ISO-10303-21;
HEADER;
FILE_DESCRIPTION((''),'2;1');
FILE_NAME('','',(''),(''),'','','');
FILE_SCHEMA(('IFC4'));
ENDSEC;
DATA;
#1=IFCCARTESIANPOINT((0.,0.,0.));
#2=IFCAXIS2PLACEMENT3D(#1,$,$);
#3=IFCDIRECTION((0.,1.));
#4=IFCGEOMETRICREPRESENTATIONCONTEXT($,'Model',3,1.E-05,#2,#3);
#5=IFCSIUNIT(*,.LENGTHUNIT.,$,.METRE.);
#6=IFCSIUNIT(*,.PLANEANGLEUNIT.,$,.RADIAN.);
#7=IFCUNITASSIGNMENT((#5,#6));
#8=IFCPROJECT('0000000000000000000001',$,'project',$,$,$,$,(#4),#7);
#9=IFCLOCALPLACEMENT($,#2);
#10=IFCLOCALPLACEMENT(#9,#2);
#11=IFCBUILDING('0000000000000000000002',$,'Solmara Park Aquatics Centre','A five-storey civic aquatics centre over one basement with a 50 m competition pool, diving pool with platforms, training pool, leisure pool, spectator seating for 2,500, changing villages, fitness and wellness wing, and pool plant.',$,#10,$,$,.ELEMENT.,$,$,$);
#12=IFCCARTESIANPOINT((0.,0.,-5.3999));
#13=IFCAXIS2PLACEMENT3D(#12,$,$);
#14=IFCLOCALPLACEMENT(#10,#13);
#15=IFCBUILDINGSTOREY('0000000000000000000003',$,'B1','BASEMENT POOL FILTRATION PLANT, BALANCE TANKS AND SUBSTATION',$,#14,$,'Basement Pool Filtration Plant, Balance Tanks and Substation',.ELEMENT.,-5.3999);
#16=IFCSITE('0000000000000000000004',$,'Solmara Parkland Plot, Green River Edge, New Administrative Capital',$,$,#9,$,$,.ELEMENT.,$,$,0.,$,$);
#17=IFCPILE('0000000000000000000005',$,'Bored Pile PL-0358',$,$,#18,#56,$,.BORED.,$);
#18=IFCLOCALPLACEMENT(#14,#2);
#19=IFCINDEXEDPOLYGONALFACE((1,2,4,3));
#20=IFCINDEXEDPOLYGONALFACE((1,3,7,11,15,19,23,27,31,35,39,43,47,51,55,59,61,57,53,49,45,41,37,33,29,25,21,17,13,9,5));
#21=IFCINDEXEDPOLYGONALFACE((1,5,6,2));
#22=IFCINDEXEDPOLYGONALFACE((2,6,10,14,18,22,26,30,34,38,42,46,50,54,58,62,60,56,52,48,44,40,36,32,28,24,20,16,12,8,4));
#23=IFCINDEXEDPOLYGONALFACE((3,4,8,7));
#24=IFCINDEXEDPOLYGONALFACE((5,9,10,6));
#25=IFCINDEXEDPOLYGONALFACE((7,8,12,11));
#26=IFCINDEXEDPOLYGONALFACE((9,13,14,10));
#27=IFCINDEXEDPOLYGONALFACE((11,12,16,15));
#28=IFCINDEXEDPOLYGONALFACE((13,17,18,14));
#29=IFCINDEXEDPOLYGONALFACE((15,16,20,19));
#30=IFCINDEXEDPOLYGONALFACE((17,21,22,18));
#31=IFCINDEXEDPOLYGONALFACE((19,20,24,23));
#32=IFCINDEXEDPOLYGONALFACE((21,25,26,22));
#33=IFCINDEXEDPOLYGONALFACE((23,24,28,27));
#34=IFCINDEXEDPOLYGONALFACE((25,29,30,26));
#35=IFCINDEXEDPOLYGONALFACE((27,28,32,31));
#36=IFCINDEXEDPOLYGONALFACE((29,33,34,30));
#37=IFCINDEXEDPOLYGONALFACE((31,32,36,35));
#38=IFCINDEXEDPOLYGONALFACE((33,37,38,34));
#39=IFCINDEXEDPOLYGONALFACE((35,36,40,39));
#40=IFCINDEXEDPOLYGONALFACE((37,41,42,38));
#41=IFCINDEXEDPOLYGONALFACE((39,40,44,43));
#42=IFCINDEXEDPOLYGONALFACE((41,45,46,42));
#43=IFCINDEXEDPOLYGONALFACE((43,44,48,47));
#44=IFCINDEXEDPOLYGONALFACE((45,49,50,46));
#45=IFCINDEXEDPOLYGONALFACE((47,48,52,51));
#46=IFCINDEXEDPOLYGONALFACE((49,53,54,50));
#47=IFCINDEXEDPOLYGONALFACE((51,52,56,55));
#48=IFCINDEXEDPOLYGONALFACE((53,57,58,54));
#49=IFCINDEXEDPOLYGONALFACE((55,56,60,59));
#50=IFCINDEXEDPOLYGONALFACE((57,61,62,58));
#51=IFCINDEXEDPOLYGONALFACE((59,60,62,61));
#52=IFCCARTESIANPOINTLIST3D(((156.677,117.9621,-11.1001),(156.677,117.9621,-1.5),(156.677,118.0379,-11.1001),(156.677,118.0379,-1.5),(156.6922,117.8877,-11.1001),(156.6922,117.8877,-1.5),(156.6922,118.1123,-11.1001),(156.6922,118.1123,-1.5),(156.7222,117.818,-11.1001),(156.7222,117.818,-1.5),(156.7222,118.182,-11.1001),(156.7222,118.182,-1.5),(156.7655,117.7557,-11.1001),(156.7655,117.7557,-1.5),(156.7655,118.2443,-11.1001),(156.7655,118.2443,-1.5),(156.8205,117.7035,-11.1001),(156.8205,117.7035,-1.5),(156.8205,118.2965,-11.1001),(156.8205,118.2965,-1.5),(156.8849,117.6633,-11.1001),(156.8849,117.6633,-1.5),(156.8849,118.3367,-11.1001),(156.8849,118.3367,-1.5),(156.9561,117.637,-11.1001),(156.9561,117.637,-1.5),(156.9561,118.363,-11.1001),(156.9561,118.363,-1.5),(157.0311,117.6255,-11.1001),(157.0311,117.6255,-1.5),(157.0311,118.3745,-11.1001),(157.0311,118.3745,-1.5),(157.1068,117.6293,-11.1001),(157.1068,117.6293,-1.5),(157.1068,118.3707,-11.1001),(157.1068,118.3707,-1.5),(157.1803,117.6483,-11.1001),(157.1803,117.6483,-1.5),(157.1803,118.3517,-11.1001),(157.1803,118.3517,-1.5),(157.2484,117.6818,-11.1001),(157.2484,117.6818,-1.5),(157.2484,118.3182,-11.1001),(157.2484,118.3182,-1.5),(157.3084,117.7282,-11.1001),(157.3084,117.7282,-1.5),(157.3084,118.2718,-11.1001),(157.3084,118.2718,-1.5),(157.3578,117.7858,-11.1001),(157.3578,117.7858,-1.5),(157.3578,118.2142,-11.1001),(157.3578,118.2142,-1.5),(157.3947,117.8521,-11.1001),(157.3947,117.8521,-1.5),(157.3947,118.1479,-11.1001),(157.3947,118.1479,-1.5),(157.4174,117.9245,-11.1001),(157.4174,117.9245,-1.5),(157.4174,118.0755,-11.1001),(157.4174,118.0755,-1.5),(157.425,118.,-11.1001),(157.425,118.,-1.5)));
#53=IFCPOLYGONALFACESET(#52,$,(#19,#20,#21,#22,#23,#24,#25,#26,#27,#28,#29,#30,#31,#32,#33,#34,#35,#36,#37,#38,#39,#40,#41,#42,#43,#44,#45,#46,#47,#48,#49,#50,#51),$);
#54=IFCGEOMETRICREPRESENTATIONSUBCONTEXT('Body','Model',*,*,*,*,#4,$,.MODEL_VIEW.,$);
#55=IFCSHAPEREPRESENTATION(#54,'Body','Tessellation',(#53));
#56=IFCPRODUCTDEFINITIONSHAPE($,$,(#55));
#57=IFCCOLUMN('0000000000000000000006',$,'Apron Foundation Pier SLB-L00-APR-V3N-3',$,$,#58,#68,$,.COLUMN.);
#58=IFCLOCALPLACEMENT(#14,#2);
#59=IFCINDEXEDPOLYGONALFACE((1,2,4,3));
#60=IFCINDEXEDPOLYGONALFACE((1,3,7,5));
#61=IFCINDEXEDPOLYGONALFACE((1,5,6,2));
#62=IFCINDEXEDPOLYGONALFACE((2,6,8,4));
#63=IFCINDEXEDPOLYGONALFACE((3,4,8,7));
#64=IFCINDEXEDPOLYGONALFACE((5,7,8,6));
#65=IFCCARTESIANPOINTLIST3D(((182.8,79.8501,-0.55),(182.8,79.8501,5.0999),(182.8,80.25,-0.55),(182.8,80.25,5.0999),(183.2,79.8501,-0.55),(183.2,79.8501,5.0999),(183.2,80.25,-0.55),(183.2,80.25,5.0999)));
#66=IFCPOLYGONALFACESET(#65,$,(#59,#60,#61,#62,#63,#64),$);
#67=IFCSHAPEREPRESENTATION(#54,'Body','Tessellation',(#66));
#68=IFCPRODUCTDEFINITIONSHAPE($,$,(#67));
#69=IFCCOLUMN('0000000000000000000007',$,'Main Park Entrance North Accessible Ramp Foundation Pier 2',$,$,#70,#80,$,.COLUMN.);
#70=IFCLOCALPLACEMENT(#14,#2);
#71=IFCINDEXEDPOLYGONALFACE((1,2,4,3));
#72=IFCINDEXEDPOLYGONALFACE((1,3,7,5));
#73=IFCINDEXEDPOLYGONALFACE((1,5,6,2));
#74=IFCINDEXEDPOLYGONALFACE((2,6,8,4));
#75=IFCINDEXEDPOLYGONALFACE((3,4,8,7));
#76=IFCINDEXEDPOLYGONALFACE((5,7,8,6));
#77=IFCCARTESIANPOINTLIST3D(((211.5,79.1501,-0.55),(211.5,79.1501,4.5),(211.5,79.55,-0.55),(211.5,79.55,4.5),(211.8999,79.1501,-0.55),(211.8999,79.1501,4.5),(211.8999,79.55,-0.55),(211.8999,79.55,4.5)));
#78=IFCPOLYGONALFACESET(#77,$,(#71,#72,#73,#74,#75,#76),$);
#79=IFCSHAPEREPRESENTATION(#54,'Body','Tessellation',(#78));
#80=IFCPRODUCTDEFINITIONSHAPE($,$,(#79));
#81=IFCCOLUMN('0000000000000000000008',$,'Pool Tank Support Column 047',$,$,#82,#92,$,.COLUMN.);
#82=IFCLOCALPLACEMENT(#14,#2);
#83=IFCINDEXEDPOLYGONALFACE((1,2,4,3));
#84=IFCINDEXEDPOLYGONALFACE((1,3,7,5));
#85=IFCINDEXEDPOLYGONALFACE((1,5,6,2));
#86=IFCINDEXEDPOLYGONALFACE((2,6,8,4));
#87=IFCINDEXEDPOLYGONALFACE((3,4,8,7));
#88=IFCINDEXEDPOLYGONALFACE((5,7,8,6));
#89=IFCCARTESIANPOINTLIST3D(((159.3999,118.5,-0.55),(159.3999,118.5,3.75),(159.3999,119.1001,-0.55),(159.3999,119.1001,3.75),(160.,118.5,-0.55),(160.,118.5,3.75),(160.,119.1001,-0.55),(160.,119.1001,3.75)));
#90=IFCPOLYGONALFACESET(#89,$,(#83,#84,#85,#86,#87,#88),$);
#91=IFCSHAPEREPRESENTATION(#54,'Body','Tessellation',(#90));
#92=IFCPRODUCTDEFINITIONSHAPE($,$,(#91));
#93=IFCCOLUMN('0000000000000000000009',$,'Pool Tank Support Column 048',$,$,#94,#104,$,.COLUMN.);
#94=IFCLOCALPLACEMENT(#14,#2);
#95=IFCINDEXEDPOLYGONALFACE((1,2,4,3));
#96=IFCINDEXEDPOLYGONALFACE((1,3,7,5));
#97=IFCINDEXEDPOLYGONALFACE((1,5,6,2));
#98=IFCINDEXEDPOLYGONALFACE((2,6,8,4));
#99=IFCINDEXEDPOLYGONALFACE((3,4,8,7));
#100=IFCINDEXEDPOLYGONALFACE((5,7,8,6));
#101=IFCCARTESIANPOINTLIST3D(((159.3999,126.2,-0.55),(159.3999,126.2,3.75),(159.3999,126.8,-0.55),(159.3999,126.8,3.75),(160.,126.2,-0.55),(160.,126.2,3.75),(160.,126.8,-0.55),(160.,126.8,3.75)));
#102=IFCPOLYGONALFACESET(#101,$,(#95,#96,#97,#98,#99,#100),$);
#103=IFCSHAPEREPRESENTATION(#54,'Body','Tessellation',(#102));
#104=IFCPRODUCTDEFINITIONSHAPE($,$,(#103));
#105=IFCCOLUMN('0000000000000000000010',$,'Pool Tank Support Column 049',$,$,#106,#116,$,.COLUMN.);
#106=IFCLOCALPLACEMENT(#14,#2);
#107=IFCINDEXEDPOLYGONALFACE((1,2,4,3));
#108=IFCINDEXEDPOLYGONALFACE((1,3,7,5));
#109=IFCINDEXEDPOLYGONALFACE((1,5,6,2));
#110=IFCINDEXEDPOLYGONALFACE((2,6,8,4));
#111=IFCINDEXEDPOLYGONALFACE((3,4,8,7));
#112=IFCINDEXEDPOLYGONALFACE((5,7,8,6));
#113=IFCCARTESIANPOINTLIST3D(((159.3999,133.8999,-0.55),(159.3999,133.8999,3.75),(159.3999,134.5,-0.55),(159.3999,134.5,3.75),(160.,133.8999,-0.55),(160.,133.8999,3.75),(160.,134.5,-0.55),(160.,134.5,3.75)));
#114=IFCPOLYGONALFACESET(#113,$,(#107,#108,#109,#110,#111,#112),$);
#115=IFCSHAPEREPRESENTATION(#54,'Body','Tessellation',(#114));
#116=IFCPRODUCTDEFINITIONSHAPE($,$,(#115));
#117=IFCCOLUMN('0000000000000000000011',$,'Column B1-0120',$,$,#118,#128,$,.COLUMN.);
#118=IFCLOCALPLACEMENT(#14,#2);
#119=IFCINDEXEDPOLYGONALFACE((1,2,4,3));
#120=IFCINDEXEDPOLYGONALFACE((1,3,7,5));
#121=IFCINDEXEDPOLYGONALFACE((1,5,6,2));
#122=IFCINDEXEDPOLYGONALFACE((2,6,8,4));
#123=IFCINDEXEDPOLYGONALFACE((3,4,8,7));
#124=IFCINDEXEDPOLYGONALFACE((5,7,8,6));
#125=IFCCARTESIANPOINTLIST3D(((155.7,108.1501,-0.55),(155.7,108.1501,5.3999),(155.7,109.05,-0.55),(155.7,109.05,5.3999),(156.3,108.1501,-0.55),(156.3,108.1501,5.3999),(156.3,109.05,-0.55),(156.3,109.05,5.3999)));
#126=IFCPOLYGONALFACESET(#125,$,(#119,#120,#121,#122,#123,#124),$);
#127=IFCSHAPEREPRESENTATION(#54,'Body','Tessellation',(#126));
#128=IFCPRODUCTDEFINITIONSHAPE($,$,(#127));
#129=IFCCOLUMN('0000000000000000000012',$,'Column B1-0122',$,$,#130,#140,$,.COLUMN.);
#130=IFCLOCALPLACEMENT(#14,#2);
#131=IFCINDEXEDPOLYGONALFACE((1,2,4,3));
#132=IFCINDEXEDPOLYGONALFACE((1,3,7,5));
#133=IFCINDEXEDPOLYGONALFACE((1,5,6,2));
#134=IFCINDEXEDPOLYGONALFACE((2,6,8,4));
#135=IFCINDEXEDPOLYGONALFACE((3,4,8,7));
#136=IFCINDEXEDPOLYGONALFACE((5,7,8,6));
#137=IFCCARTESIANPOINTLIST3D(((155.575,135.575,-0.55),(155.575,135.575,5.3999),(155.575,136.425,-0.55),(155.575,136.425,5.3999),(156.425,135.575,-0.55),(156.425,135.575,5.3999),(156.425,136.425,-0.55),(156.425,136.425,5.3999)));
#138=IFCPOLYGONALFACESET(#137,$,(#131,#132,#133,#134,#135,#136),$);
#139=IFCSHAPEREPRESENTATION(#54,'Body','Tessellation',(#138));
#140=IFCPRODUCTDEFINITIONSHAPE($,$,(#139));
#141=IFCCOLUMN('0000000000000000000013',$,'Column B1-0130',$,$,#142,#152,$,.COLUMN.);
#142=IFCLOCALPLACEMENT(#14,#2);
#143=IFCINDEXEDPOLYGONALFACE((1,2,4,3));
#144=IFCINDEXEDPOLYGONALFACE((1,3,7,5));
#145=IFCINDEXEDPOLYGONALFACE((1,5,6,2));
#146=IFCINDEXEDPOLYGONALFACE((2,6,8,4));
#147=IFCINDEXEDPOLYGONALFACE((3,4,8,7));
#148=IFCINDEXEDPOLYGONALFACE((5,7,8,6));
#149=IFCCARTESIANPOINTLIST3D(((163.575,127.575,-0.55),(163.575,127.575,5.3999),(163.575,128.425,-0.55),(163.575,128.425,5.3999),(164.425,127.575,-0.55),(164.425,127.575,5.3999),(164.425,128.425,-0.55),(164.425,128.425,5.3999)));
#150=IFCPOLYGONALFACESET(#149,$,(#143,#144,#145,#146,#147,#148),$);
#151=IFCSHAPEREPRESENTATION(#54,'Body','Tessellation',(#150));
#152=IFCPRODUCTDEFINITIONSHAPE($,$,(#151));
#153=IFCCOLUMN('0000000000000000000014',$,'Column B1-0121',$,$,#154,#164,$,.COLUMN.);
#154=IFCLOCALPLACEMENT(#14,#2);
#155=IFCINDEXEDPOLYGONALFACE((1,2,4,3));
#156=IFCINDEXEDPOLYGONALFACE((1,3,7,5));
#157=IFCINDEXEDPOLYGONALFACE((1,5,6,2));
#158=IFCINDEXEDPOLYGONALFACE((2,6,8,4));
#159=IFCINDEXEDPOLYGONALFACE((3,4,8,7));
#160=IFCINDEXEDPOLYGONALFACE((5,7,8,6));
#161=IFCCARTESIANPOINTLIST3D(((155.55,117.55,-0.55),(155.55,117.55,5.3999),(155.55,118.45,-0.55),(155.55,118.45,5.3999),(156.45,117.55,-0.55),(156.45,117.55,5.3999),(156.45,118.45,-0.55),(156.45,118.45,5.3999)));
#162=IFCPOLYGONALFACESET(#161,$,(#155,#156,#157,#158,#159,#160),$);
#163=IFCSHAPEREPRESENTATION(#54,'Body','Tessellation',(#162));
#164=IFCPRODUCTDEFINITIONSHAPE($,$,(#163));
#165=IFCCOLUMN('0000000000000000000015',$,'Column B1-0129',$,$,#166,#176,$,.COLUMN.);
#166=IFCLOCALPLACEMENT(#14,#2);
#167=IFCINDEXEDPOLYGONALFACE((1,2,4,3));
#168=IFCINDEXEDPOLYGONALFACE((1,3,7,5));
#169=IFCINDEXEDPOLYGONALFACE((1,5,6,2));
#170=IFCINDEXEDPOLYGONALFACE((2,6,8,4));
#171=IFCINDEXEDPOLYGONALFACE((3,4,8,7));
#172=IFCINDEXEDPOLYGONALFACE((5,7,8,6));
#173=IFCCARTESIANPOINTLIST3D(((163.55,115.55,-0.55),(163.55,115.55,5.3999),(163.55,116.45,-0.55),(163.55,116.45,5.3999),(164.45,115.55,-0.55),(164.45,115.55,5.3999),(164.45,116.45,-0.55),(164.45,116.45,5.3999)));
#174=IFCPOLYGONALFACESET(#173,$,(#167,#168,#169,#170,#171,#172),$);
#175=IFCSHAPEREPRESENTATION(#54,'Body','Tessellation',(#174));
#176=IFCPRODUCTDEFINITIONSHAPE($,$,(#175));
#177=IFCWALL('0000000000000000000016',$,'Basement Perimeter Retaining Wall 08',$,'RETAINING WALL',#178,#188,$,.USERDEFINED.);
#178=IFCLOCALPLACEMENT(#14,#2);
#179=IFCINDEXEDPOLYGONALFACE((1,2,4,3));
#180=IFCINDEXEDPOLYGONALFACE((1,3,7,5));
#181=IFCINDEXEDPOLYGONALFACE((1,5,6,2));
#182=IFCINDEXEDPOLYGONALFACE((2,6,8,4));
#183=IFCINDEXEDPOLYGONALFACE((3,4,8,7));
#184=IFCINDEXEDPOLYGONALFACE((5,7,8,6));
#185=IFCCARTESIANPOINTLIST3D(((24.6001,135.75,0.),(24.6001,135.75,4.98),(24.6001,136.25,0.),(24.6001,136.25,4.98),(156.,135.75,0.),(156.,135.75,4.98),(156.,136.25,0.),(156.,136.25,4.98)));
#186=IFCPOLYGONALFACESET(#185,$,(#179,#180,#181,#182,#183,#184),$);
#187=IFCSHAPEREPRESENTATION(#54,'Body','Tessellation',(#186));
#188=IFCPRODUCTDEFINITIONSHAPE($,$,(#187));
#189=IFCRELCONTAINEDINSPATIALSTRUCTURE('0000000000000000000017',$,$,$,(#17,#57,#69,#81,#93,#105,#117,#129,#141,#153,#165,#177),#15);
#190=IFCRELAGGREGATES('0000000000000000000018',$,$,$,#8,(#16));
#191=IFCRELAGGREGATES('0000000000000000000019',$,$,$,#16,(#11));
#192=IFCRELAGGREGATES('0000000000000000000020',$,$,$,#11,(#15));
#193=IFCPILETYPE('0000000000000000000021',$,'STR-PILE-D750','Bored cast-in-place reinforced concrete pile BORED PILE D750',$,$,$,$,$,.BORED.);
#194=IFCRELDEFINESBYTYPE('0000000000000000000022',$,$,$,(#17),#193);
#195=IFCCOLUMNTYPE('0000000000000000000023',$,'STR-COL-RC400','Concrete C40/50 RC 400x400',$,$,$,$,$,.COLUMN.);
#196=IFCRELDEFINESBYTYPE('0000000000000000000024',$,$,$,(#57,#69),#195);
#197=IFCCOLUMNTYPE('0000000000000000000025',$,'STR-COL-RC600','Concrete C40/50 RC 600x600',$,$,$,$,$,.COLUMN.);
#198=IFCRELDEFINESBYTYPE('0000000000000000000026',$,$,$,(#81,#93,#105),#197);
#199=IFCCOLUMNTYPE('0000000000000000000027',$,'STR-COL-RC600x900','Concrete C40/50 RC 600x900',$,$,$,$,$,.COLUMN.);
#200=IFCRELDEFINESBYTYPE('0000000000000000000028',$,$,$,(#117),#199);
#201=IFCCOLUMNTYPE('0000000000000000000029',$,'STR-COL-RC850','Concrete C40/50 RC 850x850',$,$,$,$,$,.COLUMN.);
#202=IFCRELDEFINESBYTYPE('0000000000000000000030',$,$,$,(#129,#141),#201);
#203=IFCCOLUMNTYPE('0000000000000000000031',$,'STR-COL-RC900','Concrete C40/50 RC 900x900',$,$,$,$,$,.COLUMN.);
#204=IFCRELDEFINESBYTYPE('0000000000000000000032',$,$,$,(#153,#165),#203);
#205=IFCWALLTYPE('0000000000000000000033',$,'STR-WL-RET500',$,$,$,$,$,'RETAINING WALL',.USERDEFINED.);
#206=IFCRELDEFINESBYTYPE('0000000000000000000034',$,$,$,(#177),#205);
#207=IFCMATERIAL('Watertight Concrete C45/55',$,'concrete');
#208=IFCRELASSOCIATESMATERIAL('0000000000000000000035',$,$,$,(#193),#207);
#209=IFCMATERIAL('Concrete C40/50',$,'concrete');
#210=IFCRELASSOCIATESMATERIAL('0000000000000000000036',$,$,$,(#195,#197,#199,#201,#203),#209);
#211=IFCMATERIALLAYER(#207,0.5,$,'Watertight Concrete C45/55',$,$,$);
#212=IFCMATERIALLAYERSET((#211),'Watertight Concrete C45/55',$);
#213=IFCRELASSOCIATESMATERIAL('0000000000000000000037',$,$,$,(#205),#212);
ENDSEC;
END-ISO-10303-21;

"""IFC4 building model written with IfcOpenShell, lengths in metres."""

from ifc_helpers import new_model, si_unit, direction, frame, frame_2d, origin, origin_2d, place, context, subcontext, project, spatial, rectangle, circle, extrude, material, layer, layer_set, material_profile, profile_set, type_object, element, save


model = new_model("IFC4")

# Units and contexts
model_context = context("Model", 3, precision=1e-05, world=origin(), true_north=direction((0.0, 1.0)))
body_context = subcontext(model_context, "Body", "Model", "MODEL_VIEW")
ifc_project = project(units=[si_unit("LENGTHUNIT", "METRE"), si_unit("PLANEANGLEUNIT", "RADIAN")], contexts=[model_context])

# Site, building, storey
site_placement = place(None, origin())
site = spatial("IfcSite", under=ifc_project, at=site_placement, Name="Solmara Parkland Plot, Green River Edge, New Administrative Capital", CompositionType="ELEMENT", RefElevation=0.0)
building_placement = place(site_placement, origin())
building = spatial("IfcBuilding", under=site, at=building_placement, Name="Solmara Park Aquatics Centre", Description="A five-storey civic aquatics centre over one basement with a 50 m competition pool, diving pool with platforms, training pool, leisure pool, spectator seating for 2,500, changing villages, fitness and wellness wing, and pool plant.", CompositionType="ELEMENT")
storey_placement = place(building_placement, frame((0.0, 0.0, -5.3999)))
storey = spatial("IfcBuildingStorey", under=building, at=storey_placement, Name="B1", Description="BASEMENT POOL FILTRATION PLANT, BALANCE TANKS AND SUBSTATION", LongName="Basement Pool Filtration Plant, Balance Tanks and Substation", CompositionType="ELEMENT", Elevation=-5.3999)

# Shared definitions
ifc_material_1 = material(Name="Watertight Concrete C45/55", Category="concrete")

# Pile
ifc_material_profile_1 = material_profile(ifc_material_1, circle(Radius=0.375, at=origin_2d()), Name="BORED PILE D750")
ifc_profile_set_1 = profile_set([ifc_material_profile_1], Name="Watertight Concrete C45/55")
pile_type_1 = type_object("IfcPileType", Name="STR-PILE-D750", Description="Bored cast-in-place reinforced concrete pile BORED PILE D750", PredefinedType="BORED", material=ifc_profile_set_1)
pile_placement = place(storey_placement, frame((157.05, 118.0, -1.5), z_axis=(0.0, 0.0, -1.0), x_axis=(1.0, 0.0, 0.0)))
element("IfcPile", 1, at=pile_placement, inside=storey, type_object=pile_type_1, Name="Bored Pile PL-0358", PredefinedType="BORED", context=body_context, shape_type="SweptSolid", body=[
    extrude(circle(Radius=0.375, at=origin_2d()), origin(), (0.0, 0.0, 1.0), 9.6001),
])

# Columns
ifc_material_2 = material(Name="Concrete C40/50", Category="concrete")
ifc_material_profile_2 = material_profile(ifc_material_2, rectangle(XDim=0.3999, YDim=0.3999, at=origin_2d()), Name="RC 400x400")
ifc_profile_set_2 = profile_set([ifc_material_profile_2], Name="Concrete C40/50")
column_type_1 = type_object("IfcColumnType", Name="STR-COL-RC400", Description="Concrete C40/50 RC 400x400", PredefinedType="COLUMN", material=ifc_profile_set_2)
column_1_placement = place(storey_placement, frame((183.0, 80.05, -0.55), z_axis=(0.0, 0.0, 1.0), x_axis=(1.0, 0.0, 0.0)))
element("IfcColumn", 2, at=column_1_placement, inside=storey, type_object=column_type_1, Name="Apron Foundation Pier SLB-L00-APR-V3N-3", PredefinedType="COLUMN", context=body_context, shape_type="SweptSolid", body=[
    extrude(rectangle(XDim=0.3999, YDim=0.3999, at=origin_2d()), origin(), (0.0, 0.0, 1.0), 5.6499),
])
column_2_placement = place(storey_placement, frame((211.7, 79.3501, -0.55), z_axis=(0.0, 0.0, 1.0), x_axis=(1.0, 0.0, 0.0)))
element("IfcColumn", 3, at=column_2_placement, inside=storey, type_object=column_type_1, Name="Main Park Entrance North Accessible Ramp Foundation Pier 2", PredefinedType="COLUMN", context=body_context, shape_type="SweptSolid", body=[
    extrude(rectangle(XDim=0.3999, YDim=0.3999, at=origin_2d()), origin(), (0.0, 0.0, 1.0), 5.05),
])
ifc_material_profile_3 = material_profile(ifc_material_2, rectangle(XDim=0.6001, YDim=0.6001, at=origin_2d()), Name="RC 600x600")
ifc_profile_set_3 = profile_set([ifc_material_profile_3], Name="Concrete C40/50")
column_type_2 = type_object("IfcColumnType", Name="STR-COL-RC600", Description="Concrete C40/50 RC 600x600", PredefinedType="COLUMN", material=ifc_profile_set_3)
for number, where, z_axis, x_axis, name in (
    (4, (159.7, 118.8, -0.55), (0.0, 0.0, 1.0), (1.0, 0.0, 0.0), "Pool Tank Support Column 047"),
    (5, (159.7, 126.5, -0.55), (0.0, 0.0, 1.0), (1.0, 0.0, 0.0), "Pool Tank Support Column 048"),
    (6, (159.7, 134.2, -0.55), (0.0, 0.0, 1.0), (1.0, 0.0, 0.0), "Pool Tank Support Column 049"),
):
    element("IfcColumn", number, at=place(storey_placement, frame(where, z_axis=z_axis, x_axis=x_axis)), inside=storey, type_object=column_type_2, Name=name, PredefinedType="COLUMN", context=body_context, shape_type="SweptSolid", body=[
        extrude(rectangle(XDim=0.6001, YDim=0.6001, at=origin_2d()), origin(), (0.0, 0.0, 1.0), 4.3),
    ])
ifc_material_profile_4 = material_profile(ifc_material_2, rectangle(XDim=0.6001, YDim=0.8999, at=origin_2d()), Name="RC 600x900")
ifc_profile_set_4 = profile_set([ifc_material_profile_4], Name="Concrete C40/50")
column_type_3 = type_object("IfcColumnType", Name="STR-COL-RC600x900", Description="Concrete C40/50 RC 600x900", PredefinedType="COLUMN", material=ifc_profile_set_4)
column_3_placement = place(storey_placement, frame((156.0, 108.6001, -0.55), z_axis=(0.0, 0.0, 1.0), x_axis=(1.0, 0.0, 0.0)))
element("IfcColumn", 7, at=column_3_placement, inside=storey, type_object=column_type_3, Name="Column B1-0120", PredefinedType="COLUMN", context=body_context, shape_type="SweptSolid", body=[
    extrude(rectangle(XDim=0.6001, YDim=0.8999, at=origin_2d()), origin(), (0.0, 0.0, 1.0), 5.95),
])
ifc_material_profile_5 = material_profile(ifc_material_2, rectangle(XDim=0.8501, YDim=0.8501, at=origin_2d()), Name="RC 850x850")
ifc_profile_set_5 = profile_set([ifc_material_profile_5], Name="Concrete C40/50")
column_type_4 = type_object("IfcColumnType", Name="STR-COL-RC850", Description="Concrete C40/50 RC 850x850", PredefinedType="COLUMN", material=ifc_profile_set_5)
for number, where, z_axis, x_axis, name in (
    (8, (156.0, 136.0, -0.55), (0.0, 0.0, 1.0), (1.0, 0.0, 0.0), "Column B1-0122"),
    (9, (164.0, 128.0, -0.55), (0.0, 0.0, 1.0), (1.0, 0.0, 0.0), "Column B1-0130"),
):
    element("IfcColumn", number, at=place(storey_placement, frame(where, z_axis=z_axis, x_axis=x_axis)), inside=storey, type_object=column_type_4, Name=name, PredefinedType="COLUMN", context=body_context, shape_type="SweptSolid", body=[
        extrude(rectangle(XDim=0.8501, YDim=0.8501, at=origin_2d()), origin(), (0.0, 0.0, 1.0), 5.95),
    ])
ifc_material_profile_6 = material_profile(ifc_material_2, rectangle(XDim=0.8999, YDim=0.8999, at=origin_2d()), Name="RC 900x900")
ifc_profile_set_6 = profile_set([ifc_material_profile_6], Name="Concrete C40/50")
column_type_5 = type_object("IfcColumnType", Name="STR-COL-RC900", Description="Concrete C40/50 RC 900x900", PredefinedType="COLUMN", material=ifc_profile_set_6)
for number, where, z_axis, x_axis, name in (
    (10, (156.0, 118.0, -0.55), (0.0, 0.0, 1.0), (1.0, 0.0, 0.0), "Column B1-0121"),
    (11, (164.0, 116.0, -0.55), (0.0, 0.0, 1.0), (1.0, 0.0, 0.0), "Column B1-0129"),
):
    element("IfcColumn", number, at=place(storey_placement, frame(where, z_axis=z_axis, x_axis=x_axis)), inside=storey, type_object=column_type_5, Name=name, PredefinedType="COLUMN", context=body_context, shape_type="SweptSolid", body=[
        extrude(rectangle(XDim=0.8999, YDim=0.8999, at=origin_2d()), origin(), (0.0, 0.0, 1.0), 5.95),
    ])

# Wall
ifc_layer_1 = layer(ifc_material_1, 0.5, Name="Watertight Concrete C45/55")
ifc_layer_set_1 = layer_set([ifc_layer_1], Name="Watertight Concrete C45/55")
wall_type_1 = type_object("IfcWallType", Name="STR-WL-RET500", ElementType="RETAINING WALL", PredefinedType="USERDEFINED", material=ifc_layer_set_1)
wall_1_placement = place(storey_placement, frame((156.0, 136.0, 0.0), z_axis=(0.0, 0.0, 1.0), x_axis=(-1.0, 0.0, 0.0)))
element("IfcWall", 12, at=wall_1_placement, inside=storey, type_object=wall_type_1, Name="Basement Perimeter Retaining Wall 08", ObjectType="RETAINING WALL", PredefinedType="USERDEFINED", context=body_context, shape_type="SweptSolid", body=[
    extrude(rectangle(XDim=131.3999, YDim=0.5, at=frame_2d((65.7, 0.0))), origin(), (0.0, 0.0, 1.0), 4.98),
])

save(model, "model.ifc")
